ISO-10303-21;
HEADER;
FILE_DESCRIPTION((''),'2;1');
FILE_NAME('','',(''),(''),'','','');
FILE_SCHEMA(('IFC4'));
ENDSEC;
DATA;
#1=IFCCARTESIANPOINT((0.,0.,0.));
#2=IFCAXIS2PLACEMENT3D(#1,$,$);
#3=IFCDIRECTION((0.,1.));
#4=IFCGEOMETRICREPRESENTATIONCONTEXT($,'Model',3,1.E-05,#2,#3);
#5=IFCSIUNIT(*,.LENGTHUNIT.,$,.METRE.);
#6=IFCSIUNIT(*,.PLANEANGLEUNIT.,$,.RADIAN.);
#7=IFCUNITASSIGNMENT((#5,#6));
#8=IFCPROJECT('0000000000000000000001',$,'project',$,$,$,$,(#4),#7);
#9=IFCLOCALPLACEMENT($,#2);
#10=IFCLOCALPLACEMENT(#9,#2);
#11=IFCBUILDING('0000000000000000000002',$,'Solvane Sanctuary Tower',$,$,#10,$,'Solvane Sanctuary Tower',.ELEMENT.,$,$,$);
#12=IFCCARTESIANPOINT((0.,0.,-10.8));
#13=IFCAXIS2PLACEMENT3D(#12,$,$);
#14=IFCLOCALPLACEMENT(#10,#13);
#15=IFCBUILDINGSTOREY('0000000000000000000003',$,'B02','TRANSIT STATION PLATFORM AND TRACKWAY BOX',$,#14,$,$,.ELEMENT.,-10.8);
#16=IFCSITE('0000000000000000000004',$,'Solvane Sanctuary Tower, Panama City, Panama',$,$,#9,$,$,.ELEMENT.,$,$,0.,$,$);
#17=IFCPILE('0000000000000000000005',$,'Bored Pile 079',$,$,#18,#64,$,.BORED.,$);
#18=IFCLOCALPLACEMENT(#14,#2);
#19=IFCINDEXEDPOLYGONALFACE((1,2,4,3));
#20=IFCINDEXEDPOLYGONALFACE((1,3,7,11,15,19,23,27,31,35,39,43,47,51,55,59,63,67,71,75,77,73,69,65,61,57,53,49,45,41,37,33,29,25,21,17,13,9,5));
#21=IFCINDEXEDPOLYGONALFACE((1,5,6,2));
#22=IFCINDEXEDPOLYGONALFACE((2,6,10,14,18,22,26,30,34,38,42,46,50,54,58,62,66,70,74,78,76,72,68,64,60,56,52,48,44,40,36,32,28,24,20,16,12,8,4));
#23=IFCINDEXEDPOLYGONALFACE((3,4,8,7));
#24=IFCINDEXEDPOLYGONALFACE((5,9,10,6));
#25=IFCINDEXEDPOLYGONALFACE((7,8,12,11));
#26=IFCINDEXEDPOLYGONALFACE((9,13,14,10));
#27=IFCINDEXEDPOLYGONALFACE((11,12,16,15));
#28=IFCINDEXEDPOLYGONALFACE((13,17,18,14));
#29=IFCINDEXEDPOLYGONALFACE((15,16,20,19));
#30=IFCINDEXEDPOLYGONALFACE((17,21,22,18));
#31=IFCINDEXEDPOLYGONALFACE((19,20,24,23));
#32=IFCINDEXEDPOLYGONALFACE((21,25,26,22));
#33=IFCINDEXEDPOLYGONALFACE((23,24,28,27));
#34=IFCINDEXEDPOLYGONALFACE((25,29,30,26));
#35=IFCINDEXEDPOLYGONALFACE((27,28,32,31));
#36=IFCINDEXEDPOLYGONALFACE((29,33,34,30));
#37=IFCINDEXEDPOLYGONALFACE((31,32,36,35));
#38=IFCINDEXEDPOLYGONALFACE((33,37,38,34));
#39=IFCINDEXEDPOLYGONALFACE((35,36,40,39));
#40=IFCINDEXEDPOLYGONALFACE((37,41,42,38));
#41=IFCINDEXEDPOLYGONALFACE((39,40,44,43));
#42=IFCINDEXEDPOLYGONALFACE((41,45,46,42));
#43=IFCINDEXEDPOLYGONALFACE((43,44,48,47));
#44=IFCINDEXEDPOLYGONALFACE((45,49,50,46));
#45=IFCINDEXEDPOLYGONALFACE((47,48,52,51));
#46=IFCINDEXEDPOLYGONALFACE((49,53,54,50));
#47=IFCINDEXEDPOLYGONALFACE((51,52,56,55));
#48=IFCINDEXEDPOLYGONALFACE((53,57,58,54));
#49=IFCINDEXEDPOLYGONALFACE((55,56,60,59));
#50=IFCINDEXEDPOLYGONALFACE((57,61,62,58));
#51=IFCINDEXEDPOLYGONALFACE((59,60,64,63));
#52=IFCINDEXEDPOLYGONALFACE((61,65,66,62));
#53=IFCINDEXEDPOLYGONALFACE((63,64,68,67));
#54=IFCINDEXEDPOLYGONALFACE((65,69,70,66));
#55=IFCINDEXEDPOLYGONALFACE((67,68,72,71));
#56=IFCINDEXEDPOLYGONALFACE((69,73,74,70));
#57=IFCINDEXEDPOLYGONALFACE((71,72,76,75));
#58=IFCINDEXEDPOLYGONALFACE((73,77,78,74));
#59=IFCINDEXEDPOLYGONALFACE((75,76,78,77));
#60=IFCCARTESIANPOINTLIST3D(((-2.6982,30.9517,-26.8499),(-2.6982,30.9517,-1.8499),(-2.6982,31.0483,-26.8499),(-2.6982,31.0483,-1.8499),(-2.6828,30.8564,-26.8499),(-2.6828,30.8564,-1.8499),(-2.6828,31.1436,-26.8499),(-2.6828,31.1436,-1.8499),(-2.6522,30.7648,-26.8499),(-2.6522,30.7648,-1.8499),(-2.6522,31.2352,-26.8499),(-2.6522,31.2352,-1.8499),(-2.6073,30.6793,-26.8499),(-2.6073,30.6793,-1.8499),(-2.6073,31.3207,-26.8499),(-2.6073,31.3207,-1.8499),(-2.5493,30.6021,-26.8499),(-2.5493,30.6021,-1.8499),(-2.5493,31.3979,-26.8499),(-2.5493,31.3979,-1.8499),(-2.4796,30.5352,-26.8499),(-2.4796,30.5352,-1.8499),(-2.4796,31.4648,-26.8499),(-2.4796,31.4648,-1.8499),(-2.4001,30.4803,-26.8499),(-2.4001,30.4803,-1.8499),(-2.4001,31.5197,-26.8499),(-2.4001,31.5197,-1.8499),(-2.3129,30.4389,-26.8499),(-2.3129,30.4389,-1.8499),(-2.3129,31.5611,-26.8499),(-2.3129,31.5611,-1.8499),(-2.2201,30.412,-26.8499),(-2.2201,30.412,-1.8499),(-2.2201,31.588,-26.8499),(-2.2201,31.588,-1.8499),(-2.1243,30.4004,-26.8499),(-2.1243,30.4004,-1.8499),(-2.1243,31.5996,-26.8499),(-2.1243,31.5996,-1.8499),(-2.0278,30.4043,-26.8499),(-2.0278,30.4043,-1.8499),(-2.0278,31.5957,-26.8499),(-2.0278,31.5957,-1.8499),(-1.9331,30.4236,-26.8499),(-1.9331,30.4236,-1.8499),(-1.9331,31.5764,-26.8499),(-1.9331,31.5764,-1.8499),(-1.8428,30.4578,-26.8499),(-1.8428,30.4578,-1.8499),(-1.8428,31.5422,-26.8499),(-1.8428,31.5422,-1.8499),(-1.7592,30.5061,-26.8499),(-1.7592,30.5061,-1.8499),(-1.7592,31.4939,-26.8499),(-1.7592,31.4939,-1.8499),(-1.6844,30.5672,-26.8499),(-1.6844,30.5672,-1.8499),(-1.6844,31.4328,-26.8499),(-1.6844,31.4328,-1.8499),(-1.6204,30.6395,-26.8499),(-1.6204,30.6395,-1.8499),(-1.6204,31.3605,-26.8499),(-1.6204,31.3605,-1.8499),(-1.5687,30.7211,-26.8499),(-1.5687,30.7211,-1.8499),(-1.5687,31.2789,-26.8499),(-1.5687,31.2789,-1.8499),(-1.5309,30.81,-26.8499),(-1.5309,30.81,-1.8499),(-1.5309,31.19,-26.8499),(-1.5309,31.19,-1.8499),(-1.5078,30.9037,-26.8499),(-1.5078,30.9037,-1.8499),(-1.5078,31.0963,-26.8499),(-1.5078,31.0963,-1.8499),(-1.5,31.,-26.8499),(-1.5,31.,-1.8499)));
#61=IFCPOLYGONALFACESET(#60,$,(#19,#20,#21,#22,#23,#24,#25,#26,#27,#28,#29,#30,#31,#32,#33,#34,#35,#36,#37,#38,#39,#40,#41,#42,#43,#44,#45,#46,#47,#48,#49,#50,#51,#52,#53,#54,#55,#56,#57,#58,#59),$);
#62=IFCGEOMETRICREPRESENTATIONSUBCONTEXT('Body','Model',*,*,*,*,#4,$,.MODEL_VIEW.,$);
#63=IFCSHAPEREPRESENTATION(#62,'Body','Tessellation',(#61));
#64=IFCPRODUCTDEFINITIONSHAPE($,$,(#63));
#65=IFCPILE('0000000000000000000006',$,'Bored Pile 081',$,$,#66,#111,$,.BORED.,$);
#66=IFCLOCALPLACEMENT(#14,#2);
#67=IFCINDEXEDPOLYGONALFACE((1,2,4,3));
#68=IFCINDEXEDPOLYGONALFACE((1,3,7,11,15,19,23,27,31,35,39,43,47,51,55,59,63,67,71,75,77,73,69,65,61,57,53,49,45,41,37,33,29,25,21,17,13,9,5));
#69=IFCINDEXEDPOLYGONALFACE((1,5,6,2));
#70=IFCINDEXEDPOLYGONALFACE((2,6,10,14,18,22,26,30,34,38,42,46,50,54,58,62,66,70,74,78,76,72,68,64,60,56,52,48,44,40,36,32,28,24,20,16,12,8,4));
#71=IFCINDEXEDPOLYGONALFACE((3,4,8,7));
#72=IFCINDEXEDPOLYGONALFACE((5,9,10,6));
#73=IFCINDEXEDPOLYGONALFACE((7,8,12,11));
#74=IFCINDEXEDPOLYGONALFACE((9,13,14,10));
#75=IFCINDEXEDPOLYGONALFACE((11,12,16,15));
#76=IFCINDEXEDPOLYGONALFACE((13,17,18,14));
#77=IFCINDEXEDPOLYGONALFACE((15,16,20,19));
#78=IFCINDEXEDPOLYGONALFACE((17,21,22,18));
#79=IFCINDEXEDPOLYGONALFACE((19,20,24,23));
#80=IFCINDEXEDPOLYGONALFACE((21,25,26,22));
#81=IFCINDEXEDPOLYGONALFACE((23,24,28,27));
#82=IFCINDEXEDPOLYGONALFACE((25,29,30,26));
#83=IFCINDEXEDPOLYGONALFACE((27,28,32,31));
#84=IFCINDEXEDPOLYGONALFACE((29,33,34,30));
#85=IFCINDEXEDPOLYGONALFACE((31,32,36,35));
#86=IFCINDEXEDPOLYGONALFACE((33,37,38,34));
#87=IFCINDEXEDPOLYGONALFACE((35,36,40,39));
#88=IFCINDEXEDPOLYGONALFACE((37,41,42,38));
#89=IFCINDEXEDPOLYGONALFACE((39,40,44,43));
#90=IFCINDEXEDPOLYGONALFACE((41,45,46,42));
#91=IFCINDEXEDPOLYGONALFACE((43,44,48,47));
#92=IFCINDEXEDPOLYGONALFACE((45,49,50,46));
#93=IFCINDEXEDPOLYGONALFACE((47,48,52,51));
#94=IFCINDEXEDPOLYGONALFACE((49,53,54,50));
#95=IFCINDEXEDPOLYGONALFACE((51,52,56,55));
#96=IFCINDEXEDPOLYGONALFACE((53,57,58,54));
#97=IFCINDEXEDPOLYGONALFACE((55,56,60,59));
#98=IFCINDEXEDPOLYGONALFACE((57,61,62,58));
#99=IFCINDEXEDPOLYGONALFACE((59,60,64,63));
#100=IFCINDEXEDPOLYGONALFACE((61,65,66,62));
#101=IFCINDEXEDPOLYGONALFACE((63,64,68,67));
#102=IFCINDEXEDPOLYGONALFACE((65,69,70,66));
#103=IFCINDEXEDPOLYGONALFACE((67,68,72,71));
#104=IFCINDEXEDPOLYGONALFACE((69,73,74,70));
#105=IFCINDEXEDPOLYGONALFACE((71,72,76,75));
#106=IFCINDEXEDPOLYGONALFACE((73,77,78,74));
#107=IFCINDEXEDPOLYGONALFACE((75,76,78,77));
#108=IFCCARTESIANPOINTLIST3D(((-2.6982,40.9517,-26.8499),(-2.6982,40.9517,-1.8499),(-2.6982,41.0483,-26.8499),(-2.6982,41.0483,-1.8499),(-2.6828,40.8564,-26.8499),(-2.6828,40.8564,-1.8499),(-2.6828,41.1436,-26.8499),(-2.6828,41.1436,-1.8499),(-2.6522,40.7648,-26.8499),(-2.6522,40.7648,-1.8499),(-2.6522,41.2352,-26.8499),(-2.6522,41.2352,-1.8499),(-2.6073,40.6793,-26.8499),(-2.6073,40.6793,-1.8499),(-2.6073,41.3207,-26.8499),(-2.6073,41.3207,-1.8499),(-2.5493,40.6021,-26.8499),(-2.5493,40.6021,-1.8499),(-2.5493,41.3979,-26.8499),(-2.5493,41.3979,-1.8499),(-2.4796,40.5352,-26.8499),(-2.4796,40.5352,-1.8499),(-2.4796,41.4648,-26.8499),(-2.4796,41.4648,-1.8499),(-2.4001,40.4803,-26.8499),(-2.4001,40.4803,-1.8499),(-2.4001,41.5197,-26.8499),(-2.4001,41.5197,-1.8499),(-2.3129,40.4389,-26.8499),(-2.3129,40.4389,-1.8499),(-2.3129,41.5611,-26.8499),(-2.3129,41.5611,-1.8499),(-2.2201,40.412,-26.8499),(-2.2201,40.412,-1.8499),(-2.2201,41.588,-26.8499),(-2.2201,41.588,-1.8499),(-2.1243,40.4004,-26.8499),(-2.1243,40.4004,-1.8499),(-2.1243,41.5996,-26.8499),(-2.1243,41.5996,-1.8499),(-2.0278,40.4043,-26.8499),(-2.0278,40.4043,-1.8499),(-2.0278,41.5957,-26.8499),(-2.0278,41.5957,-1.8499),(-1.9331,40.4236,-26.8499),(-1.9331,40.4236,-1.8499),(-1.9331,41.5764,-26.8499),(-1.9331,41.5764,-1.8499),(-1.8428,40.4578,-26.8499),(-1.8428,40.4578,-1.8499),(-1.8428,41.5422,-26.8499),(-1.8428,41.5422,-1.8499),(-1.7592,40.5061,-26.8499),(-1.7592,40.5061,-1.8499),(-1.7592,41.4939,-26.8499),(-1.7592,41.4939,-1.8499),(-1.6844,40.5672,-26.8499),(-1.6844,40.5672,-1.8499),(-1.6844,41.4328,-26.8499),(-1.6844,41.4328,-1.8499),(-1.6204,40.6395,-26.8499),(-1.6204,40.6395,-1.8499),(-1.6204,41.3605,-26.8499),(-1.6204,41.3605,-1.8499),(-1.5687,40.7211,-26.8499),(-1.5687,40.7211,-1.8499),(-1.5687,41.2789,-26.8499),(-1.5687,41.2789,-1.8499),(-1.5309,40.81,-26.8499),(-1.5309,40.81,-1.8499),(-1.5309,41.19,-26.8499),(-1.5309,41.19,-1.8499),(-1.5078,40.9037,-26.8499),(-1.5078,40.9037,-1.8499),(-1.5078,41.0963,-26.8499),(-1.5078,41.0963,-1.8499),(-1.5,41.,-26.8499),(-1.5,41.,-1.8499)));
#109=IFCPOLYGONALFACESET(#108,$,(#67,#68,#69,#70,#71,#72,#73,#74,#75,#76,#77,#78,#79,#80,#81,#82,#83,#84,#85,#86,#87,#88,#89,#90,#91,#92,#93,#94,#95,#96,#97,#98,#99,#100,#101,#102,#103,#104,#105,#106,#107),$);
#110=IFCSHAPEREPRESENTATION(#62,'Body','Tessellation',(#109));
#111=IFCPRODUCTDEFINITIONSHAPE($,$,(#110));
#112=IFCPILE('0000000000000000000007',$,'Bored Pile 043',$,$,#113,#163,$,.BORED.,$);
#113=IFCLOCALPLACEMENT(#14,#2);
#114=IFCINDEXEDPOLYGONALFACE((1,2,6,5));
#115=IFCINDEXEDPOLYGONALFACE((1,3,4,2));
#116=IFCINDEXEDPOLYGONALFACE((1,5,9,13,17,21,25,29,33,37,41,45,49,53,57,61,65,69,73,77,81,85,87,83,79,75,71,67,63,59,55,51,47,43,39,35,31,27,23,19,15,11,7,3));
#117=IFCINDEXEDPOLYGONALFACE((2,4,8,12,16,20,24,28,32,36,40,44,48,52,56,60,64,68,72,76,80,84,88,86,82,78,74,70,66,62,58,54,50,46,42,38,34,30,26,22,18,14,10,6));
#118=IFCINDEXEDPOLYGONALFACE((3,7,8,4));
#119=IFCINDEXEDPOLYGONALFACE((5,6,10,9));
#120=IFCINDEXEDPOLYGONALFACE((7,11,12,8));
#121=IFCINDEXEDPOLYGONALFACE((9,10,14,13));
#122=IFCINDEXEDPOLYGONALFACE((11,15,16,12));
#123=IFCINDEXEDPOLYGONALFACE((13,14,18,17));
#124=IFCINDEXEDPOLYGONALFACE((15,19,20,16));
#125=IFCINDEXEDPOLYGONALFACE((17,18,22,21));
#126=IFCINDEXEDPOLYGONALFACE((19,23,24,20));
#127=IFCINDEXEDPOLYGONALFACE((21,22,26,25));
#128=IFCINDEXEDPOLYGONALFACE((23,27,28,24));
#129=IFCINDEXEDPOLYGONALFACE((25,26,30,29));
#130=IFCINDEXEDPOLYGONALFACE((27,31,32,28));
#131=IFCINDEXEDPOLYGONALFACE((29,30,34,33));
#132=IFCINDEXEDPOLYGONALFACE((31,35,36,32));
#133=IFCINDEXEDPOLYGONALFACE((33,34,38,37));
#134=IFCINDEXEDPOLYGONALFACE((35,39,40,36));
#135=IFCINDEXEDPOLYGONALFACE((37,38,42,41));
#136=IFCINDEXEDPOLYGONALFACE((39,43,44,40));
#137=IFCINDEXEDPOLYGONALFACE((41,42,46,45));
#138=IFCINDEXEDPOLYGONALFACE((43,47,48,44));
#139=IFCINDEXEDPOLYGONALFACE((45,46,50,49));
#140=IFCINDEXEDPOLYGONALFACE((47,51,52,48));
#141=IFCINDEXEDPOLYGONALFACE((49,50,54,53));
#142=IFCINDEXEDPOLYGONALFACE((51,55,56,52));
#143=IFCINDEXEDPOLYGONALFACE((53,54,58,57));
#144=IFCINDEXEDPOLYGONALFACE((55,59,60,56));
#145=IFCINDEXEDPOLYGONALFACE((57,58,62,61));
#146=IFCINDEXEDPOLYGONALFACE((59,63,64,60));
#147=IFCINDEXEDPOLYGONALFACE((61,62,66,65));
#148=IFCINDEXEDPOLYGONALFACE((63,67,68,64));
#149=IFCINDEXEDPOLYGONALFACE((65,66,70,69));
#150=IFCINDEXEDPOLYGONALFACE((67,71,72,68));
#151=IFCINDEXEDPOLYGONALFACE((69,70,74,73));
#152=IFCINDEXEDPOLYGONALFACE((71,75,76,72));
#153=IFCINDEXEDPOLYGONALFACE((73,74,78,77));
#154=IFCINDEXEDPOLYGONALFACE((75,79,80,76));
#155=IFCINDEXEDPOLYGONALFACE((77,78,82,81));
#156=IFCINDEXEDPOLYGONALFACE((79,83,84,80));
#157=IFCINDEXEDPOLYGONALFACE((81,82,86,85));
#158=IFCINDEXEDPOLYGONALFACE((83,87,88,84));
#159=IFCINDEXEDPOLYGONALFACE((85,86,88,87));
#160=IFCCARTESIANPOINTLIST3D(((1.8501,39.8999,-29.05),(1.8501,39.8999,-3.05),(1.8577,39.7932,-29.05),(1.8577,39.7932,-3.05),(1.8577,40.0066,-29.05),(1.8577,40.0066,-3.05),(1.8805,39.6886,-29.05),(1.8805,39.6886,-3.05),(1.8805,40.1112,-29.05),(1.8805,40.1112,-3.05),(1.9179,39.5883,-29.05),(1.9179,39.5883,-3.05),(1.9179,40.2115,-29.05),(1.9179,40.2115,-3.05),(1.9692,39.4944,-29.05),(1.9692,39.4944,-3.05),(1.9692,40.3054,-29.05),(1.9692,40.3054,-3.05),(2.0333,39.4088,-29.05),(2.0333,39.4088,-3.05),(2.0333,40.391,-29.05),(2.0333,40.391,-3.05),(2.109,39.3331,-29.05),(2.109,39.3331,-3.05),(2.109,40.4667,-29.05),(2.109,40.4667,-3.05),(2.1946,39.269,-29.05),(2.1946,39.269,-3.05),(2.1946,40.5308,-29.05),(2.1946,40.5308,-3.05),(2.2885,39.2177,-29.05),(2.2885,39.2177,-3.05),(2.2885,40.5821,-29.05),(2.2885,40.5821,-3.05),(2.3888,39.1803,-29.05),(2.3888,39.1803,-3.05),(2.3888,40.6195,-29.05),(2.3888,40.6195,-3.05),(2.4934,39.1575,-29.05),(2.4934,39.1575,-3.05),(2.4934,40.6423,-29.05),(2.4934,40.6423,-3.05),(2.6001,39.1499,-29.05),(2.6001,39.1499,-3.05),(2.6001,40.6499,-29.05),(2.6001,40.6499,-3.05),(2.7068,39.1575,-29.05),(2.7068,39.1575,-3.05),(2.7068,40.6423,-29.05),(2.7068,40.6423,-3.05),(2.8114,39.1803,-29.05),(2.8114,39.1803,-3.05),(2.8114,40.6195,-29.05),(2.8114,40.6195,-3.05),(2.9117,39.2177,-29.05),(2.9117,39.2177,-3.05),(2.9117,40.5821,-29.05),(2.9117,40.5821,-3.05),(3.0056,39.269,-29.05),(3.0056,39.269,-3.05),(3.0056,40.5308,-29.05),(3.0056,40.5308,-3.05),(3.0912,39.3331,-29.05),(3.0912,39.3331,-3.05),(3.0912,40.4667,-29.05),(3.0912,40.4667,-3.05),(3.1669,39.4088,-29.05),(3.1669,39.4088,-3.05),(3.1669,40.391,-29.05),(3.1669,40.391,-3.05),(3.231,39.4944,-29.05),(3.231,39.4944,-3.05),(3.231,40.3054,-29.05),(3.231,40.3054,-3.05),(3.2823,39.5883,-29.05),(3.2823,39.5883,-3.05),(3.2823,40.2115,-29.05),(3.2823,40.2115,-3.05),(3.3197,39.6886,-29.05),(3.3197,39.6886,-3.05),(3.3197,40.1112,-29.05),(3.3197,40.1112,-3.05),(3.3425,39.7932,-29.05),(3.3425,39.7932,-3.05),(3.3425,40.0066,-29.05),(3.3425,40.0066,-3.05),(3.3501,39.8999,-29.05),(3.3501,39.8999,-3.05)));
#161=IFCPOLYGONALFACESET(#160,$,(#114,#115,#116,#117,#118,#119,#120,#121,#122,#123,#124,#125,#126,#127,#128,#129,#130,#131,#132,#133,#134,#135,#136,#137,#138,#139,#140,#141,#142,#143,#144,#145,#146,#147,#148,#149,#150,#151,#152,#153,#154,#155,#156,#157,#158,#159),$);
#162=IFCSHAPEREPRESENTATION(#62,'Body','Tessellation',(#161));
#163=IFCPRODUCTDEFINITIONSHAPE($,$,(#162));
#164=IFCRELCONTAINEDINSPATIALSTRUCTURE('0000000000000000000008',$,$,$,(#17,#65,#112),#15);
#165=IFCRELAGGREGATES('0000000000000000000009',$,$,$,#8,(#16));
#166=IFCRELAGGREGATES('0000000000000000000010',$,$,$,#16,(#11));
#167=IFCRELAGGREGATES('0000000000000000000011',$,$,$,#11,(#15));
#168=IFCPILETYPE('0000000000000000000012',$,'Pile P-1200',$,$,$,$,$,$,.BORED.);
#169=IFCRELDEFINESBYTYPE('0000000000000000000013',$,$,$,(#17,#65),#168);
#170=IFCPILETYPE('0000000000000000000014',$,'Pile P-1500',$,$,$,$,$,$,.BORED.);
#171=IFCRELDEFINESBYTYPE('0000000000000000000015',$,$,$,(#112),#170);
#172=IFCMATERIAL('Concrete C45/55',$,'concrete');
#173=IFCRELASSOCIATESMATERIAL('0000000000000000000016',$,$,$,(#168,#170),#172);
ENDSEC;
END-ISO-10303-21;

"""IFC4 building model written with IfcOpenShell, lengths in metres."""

from ifc_helpers import new_model, si_unit, direction, frame, origin, origin_2d, place, context, subcontext, project, spatial, circle, extrude, material, material_profile, profile_set, type_object, element, save


model = new_model("IFC4")

# Units and contexts
model_context = context("Model", 3, precision=1e-05, world=origin(), true_north=direction((0.0, 1.0)))
body_context = subcontext(model_context, "Body", "Model", "MODEL_VIEW")
ifc_project = project(units=[si_unit("LENGTHUNIT", "METRE"), si_unit("PLANEANGLEUNIT", "RADIAN")], contexts=[model_context])

# Site, building, storey
site_placement = place(None, origin())
site = spatial("IfcSite", under=ifc_project, at=site_placement, Name="Solvane Sanctuary Tower, Panama City, Panama", CompositionType="ELEMENT", RefElevation=0.0)
building_placement = place(site_placement, origin())
building = spatial("IfcBuilding", under=site, at=building_placement, Name="Solvane Sanctuary Tower", LongName="Solvane Sanctuary Tower", CompositionType="ELEMENT")
storey_placement = place(building_placement, frame((0.0, 0.0, -10.8)))
storey = spatial("IfcBuildingStorey", under=building, at=storey_placement, Name="B02", Description="TRANSIT STATION PLATFORM AND TRACKWAY BOX", CompositionType="ELEMENT", Elevation=-10.8)

# Piles
ifc_material_1 = material(Name="Concrete C45/55", Category="concrete")
ifc_material_profile_1 = material_profile(ifc_material_1, circle(Radius=0.6001, at=origin_2d()), Name="PILE1200")
ifc_profile_set_1 = profile_set([ifc_material_profile_1], Name="Concrete C45/55")
pile_type_1 = type_object("IfcPileType", Name="Pile P-1200", PredefinedType="BORED", material=ifc_profile_set_1)
for number, where, z_axis, x_axis, name in (
    (1, (-2.1001, 31.0, -1.8499), (0.0, 0.0, -1.0), (1.0, 0.0, 0.0), "Bored Pile 079"),
    (2, (-2.1001, 41.0, -1.8499), (0.0, 0.0, -1.0), (1.0, 0.0, 0.0), "Bored Pile 081"),
):
    element("IfcPile", number, at=place(storey_placement, frame(where, z_axis=z_axis, x_axis=x_axis)), inside=storey, type_object=pile_type_1, Name=name, PredefinedType="BORED", context=body_context, shape_type="SweptSolid", body=[
        extrude(circle(Radius=0.6001, at=origin_2d()), origin(), (0.0, 0.0, 1.0), 25.0),
    ])
ifc_material_profile_2 = material_profile(ifc_material_1, circle(Radius=0.75, at=origin_2d()), Name="PILE1500")
ifc_profile_set_2 = profile_set([ifc_material_profile_2], Name="Concrete C45/55")
pile_type_2 = type_object("IfcPileType", Name="Pile P-1500", PredefinedType="BORED", material=ifc_profile_set_2)
for number, where, z_axis, x_axis, name in (
    (3, (2.6001, 39.8999, -3.05), (0.0, 0.0, -1.0), (1.0, 0.0, 0.0), "Bored Pile 043"),
):
    element("IfcPile", number, at=place(storey_placement, frame(where, z_axis=z_axis, x_axis=x_axis)), inside=storey, type_object=pile_type_2, Name=name, PredefinedType="BORED", context=body_context, shape_type="SweptSolid", body=[
        extrude(circle(Radius=0.75, at=origin_2d()), origin(), (0.0, 0.0, 1.0), 26.0),
    ])

save(model, "model.ifc")
